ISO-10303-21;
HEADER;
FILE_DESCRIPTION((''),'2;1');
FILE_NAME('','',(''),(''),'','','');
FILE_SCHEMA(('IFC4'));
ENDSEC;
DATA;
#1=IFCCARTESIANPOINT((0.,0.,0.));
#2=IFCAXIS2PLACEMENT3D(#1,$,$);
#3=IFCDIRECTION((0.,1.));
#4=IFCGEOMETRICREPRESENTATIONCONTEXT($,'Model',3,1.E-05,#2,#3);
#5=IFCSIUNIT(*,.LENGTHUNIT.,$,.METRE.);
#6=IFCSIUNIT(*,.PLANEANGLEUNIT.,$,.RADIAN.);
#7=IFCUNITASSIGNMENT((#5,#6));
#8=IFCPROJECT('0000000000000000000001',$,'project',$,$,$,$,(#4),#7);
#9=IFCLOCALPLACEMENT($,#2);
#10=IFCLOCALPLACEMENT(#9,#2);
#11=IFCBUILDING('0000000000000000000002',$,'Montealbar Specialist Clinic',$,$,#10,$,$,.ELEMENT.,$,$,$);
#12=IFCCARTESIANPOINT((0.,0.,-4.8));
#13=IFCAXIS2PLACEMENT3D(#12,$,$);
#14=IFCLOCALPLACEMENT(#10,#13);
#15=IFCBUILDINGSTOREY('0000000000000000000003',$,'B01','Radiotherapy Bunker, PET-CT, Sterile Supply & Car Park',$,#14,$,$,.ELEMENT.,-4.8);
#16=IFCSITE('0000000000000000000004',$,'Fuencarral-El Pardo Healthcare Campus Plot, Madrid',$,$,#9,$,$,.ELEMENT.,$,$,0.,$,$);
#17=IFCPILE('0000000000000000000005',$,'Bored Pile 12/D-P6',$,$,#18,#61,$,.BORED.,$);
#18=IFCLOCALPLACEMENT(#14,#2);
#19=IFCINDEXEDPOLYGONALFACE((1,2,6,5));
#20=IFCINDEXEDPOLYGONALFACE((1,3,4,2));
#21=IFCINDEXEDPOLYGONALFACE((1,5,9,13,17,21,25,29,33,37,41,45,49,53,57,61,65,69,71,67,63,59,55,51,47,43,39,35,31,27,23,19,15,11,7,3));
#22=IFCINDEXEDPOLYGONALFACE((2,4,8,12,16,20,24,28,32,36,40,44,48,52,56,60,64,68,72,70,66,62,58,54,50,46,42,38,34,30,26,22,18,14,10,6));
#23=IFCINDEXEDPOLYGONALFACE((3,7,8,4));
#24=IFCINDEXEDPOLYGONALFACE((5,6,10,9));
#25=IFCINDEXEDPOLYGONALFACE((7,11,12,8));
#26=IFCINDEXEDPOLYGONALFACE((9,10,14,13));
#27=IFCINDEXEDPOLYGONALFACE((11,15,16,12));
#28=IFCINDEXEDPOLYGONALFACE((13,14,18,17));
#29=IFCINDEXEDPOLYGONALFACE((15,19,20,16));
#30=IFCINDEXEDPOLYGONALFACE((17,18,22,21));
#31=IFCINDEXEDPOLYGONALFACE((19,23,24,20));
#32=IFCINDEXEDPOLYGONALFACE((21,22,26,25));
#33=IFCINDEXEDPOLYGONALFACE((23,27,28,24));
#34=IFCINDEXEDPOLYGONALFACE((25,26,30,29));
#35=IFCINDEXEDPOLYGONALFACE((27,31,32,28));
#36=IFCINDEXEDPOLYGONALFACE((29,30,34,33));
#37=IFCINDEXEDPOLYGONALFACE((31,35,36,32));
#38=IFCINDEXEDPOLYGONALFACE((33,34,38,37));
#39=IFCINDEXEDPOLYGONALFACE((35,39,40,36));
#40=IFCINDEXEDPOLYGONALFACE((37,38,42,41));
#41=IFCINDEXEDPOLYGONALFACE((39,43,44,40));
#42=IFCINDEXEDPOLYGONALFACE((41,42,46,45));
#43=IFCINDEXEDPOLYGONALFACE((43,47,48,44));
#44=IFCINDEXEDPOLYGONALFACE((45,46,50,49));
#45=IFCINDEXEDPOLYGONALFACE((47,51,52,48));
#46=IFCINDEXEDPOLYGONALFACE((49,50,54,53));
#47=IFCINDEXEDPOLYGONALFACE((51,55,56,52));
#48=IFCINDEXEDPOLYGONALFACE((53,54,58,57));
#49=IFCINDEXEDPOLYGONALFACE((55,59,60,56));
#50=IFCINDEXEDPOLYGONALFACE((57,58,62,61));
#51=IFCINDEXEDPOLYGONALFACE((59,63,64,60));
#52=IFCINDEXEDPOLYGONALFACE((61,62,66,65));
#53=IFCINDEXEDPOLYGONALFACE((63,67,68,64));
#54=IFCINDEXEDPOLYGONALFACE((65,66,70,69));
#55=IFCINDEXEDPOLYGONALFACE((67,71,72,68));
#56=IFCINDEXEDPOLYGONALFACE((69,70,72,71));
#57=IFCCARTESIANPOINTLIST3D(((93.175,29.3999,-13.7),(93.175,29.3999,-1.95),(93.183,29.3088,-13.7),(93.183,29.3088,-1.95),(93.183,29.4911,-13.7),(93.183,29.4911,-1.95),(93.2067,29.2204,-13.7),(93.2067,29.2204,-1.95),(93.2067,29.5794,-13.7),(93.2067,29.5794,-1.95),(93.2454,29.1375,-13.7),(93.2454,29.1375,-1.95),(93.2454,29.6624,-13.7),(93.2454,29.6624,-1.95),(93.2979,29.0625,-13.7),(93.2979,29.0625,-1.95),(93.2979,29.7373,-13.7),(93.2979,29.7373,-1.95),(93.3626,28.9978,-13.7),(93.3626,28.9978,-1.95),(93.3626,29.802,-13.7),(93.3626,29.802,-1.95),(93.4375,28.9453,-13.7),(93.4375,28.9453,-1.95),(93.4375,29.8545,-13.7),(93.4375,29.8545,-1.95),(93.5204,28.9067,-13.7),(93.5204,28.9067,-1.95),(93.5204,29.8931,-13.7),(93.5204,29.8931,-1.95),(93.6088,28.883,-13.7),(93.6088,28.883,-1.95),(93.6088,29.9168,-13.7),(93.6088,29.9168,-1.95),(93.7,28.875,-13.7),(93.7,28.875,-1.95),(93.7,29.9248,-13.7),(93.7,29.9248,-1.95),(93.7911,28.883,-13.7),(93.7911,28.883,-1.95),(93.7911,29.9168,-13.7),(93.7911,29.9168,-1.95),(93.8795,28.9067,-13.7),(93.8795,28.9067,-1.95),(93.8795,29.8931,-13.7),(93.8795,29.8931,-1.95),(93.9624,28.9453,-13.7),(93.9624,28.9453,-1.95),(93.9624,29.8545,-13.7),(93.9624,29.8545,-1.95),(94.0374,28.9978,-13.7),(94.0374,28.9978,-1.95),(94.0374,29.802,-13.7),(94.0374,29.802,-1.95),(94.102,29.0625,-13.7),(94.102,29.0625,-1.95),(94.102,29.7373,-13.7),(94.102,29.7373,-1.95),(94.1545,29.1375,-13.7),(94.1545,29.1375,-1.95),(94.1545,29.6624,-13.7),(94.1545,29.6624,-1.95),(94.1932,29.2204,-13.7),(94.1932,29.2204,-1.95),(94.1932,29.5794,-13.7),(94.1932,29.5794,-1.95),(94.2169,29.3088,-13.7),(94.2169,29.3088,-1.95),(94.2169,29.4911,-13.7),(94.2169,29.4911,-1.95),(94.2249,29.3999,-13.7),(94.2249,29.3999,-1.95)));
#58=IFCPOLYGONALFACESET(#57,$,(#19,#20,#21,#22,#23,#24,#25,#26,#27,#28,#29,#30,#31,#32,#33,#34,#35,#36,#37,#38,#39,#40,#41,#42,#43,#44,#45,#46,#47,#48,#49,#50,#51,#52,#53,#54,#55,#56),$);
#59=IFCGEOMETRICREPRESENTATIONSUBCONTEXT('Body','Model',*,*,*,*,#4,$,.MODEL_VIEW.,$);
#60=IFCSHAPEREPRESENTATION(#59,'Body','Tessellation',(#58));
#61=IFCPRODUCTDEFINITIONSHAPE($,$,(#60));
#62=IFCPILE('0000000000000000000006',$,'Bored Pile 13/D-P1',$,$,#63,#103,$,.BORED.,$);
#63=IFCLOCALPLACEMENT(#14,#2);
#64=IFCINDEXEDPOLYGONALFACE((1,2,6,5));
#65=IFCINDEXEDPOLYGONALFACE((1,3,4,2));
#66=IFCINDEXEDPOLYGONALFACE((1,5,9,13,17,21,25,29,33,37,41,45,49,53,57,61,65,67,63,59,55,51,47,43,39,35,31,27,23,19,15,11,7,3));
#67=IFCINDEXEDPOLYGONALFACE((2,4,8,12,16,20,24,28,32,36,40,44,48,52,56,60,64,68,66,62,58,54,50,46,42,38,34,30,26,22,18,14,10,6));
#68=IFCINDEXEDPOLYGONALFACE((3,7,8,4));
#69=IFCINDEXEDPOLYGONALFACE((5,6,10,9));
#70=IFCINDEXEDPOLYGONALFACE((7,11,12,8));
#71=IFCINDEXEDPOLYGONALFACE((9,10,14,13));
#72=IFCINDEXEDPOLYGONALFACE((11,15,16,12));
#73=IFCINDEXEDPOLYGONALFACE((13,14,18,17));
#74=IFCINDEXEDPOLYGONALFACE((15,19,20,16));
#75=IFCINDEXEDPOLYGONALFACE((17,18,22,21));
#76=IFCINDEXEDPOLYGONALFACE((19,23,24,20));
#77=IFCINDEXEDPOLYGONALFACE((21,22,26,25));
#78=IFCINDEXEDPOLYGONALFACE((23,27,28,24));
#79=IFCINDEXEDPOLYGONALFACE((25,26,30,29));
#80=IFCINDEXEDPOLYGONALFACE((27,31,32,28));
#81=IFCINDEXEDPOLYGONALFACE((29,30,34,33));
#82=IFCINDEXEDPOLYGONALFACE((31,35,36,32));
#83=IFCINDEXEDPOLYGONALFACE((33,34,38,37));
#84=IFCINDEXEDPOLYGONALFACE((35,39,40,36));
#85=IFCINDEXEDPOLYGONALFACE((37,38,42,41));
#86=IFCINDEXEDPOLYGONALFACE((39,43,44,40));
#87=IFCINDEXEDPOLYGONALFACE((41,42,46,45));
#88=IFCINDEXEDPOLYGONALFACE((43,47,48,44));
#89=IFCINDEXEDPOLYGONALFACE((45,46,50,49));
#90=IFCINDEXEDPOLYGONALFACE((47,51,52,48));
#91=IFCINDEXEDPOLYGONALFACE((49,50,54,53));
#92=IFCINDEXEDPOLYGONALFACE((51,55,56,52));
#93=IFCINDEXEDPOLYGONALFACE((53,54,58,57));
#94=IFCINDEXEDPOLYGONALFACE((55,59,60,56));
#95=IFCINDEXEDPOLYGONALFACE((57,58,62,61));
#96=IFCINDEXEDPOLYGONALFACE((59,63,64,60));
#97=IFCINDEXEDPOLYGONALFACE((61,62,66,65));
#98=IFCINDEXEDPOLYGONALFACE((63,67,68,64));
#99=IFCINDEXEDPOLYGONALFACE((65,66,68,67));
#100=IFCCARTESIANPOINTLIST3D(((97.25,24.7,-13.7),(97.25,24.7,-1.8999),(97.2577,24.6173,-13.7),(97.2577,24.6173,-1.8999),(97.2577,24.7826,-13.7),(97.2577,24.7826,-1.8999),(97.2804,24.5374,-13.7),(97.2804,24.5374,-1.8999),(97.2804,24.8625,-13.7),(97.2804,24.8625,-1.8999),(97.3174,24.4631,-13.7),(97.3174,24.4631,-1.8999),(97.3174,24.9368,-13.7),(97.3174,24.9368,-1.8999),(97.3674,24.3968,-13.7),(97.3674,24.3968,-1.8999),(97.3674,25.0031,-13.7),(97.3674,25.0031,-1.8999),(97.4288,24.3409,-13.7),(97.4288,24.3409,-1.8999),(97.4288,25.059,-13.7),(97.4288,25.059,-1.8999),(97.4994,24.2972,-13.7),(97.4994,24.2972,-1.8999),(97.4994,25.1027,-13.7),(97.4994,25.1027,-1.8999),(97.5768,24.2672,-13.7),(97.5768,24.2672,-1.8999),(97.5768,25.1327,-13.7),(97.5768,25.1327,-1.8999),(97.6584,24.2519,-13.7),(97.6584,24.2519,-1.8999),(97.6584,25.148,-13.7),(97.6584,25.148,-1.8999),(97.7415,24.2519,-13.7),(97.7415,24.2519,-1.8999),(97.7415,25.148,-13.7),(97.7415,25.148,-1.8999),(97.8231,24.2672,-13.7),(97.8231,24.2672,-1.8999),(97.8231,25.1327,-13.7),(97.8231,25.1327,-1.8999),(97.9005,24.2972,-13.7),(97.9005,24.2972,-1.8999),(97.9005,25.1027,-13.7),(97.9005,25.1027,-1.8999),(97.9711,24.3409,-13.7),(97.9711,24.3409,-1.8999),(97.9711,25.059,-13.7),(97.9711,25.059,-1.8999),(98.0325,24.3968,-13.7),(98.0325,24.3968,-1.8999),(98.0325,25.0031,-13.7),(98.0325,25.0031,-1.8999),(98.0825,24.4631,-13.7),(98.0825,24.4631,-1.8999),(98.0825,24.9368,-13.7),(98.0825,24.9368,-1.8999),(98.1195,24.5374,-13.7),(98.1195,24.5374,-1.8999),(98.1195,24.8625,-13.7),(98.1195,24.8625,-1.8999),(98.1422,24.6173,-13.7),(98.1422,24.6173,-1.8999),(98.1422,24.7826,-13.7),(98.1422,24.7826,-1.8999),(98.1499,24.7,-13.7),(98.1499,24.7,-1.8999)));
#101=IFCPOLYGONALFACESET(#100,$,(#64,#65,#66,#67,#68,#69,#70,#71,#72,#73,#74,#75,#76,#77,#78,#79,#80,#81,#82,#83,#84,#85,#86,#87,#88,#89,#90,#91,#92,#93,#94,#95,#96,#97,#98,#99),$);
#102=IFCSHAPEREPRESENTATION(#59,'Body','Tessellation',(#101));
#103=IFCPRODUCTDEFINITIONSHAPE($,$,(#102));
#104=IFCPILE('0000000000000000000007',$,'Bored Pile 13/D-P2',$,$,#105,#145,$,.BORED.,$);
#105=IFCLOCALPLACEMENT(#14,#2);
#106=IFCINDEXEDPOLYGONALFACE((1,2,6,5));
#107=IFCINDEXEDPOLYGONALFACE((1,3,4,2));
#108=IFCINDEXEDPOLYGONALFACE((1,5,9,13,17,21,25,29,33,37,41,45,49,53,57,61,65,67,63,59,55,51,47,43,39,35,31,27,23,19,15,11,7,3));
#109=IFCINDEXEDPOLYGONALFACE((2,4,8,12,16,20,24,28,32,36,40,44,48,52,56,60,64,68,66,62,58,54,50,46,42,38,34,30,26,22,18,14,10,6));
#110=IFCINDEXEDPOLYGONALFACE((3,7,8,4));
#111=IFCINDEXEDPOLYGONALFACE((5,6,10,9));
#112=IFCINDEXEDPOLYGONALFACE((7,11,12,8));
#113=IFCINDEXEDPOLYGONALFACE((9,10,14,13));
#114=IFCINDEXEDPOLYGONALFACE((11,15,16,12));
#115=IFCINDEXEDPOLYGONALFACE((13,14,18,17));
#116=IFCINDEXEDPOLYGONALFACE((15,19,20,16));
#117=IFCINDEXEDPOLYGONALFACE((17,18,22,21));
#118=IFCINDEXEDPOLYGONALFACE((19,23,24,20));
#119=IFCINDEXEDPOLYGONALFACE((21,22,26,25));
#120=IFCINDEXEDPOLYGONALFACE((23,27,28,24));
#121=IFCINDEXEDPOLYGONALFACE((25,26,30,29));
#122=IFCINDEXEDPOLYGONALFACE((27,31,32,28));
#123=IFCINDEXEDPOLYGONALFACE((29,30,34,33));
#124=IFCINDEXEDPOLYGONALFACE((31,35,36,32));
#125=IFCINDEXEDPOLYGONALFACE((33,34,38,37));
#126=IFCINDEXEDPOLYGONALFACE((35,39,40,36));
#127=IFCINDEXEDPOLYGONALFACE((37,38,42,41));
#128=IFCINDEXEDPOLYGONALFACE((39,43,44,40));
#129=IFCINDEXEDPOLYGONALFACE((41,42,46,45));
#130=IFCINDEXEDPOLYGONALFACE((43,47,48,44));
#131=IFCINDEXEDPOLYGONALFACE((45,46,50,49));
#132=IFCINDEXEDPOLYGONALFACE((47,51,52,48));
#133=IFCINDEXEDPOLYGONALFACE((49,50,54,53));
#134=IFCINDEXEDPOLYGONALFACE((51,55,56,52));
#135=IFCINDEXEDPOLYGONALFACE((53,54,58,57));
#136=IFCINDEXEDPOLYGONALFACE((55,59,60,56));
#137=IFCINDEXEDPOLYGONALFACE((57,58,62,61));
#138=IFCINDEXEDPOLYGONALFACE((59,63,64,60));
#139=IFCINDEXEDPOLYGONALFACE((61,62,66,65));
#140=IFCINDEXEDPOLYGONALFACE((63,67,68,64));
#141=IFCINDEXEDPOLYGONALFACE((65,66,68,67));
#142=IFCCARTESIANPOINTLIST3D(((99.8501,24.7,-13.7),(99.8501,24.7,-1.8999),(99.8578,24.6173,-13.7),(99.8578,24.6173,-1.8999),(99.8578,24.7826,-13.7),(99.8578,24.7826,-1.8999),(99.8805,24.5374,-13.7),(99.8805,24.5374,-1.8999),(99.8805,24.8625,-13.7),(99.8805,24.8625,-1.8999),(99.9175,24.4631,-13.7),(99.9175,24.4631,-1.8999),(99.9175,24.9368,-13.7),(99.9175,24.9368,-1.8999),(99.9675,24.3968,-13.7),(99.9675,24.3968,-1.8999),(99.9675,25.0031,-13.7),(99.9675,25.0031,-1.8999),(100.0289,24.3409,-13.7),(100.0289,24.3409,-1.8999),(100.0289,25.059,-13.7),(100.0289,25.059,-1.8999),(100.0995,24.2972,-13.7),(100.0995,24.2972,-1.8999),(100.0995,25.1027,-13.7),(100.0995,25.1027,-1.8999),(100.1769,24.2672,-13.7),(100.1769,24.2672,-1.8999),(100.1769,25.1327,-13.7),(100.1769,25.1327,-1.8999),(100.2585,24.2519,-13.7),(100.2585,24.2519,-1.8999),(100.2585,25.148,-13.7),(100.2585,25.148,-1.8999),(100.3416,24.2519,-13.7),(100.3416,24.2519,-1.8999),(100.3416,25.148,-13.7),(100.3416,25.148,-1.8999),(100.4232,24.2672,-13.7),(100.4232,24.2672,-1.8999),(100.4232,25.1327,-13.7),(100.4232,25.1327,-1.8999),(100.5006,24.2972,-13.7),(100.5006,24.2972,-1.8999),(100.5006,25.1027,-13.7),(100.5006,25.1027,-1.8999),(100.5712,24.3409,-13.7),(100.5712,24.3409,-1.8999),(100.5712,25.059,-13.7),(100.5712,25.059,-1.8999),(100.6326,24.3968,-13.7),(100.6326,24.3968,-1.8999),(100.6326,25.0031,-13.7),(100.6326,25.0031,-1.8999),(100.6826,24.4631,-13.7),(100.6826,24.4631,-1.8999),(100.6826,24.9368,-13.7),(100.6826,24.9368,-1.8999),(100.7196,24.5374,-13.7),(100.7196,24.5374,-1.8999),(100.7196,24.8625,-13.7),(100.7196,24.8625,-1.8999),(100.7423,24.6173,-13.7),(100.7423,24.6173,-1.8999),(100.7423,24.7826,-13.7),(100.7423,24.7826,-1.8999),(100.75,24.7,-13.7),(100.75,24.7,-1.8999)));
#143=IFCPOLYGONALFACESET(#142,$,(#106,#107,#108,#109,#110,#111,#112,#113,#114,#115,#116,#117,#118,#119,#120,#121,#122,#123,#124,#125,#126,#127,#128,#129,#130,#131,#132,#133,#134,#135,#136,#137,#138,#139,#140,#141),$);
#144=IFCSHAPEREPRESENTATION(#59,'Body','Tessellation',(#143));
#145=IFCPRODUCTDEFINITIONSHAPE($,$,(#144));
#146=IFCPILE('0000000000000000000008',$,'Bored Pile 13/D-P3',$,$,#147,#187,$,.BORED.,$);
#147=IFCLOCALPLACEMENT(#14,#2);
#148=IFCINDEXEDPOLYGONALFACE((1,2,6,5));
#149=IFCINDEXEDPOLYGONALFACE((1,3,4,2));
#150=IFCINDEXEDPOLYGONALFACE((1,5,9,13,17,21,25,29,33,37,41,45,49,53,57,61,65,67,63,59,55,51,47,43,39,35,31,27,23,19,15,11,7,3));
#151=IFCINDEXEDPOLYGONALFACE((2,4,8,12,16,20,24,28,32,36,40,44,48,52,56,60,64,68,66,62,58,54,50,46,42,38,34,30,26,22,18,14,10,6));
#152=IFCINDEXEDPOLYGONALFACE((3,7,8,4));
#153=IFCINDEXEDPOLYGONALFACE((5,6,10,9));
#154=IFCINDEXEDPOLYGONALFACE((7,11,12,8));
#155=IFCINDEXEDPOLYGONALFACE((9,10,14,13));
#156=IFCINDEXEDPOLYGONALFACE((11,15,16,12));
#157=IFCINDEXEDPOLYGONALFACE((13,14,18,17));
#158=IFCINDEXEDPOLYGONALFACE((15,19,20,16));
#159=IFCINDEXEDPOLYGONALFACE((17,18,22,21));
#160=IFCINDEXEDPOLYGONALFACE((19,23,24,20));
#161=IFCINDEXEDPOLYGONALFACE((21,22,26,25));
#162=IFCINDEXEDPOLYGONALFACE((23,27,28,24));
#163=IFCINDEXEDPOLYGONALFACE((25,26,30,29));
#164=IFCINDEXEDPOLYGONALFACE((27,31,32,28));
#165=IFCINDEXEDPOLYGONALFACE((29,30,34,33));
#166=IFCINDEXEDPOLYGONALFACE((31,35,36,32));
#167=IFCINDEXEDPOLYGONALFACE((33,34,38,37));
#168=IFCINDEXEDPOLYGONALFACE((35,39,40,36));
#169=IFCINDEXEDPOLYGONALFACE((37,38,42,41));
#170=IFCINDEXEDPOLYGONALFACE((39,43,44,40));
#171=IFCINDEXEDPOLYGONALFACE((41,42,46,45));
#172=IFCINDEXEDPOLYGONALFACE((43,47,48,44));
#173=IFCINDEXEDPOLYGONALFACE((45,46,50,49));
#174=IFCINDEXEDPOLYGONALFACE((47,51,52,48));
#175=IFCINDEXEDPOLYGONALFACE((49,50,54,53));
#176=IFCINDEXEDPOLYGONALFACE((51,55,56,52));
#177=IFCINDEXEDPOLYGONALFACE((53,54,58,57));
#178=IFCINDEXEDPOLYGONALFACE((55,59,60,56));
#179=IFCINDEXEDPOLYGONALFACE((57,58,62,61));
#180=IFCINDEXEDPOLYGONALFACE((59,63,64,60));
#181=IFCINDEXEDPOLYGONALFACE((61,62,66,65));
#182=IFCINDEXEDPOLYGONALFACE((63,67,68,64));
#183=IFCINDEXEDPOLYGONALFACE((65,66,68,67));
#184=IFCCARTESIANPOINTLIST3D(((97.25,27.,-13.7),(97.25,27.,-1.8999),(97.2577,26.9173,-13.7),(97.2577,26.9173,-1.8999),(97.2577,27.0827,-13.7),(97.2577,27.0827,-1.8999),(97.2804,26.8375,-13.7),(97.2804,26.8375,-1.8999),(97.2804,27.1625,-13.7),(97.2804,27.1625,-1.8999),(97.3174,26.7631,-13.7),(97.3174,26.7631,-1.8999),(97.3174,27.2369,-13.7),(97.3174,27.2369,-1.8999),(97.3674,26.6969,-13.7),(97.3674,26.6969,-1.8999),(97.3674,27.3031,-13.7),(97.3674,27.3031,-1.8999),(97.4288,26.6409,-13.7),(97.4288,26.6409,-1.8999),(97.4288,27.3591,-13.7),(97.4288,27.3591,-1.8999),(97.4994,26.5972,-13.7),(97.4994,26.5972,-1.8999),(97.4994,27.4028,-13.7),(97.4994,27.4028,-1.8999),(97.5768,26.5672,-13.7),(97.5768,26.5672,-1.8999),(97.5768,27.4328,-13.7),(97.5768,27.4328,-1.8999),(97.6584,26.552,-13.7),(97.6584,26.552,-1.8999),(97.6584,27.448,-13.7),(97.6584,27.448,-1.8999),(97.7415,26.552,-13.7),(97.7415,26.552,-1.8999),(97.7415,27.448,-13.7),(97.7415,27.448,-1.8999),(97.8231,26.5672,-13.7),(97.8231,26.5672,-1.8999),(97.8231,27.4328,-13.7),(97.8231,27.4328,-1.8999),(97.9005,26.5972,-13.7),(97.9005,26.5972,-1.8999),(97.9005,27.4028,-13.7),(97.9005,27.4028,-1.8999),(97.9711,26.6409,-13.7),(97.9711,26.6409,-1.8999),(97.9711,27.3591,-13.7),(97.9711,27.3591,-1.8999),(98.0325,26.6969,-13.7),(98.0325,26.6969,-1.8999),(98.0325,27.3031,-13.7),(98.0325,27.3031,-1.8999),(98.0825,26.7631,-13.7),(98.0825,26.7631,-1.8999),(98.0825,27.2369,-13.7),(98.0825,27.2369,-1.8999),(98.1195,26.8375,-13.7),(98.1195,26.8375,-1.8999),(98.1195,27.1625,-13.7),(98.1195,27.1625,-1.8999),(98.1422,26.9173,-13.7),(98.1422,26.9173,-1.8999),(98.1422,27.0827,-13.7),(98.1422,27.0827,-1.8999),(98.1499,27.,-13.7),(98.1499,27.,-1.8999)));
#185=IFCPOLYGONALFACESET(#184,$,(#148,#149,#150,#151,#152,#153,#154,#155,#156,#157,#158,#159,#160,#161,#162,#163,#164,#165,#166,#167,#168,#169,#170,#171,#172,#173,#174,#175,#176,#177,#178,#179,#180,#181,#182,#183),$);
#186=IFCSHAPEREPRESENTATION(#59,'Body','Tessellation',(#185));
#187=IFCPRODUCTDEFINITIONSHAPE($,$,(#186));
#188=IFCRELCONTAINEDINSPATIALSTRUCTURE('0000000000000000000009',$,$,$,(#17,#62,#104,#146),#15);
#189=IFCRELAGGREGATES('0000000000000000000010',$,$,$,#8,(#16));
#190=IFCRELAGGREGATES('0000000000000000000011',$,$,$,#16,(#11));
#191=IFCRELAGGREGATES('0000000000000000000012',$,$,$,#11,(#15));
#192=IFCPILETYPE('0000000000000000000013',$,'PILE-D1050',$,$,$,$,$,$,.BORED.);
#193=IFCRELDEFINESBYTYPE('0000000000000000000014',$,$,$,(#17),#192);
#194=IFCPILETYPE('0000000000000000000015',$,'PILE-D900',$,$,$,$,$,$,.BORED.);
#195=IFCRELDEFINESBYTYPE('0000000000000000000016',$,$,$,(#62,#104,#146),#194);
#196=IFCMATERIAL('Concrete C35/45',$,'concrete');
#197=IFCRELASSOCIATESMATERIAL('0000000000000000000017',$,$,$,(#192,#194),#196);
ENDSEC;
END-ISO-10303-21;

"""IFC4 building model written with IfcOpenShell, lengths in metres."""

from ifc_helpers import new_model, si_unit, direction, frame, origin, origin_2d, place, context, subcontext, project, spatial, circle, extrude, material, material_profile, profile_set, type_object, element, save


model = new_model("IFC4")

# Units and contexts
model_context = context("Model", 3, precision=1e-05, world=origin(), true_north=direction((0.0, 1.0)))
body_context = subcontext(model_context, "Body", "Model", "MODEL_VIEW")
ifc_project = project(units=[si_unit("LENGTHUNIT", "METRE"), si_unit("PLANEANGLEUNIT", "RADIAN")], contexts=[model_context])

# Site, building, storey
site_placement = place(None, origin())
site = spatial("IfcSite", under=ifc_project, at=site_placement, Name="Fuencarral-El Pardo Healthcare Campus Plot, Madrid", CompositionType="ELEMENT", RefElevation=0.0)
building_placement = place(site_placement, origin())
building = spatial("IfcBuilding", under=site, at=building_placement, Name="Montealbar Specialist Clinic", CompositionType="ELEMENT")
storey_placement = place(building_placement, frame((0.0, 0.0, -4.8)))
storey = spatial("IfcBuildingStorey", under=building, at=storey_placement, Name="B01", Description="Radiotherapy Bunker, PET-CT, Sterile Supply & Car Park", CompositionType="ELEMENT", Elevation=-4.8)

# Shared definitions
ifc_material_1 = material(Name="Concrete C35/45", Category="concrete")

# Piles
ifc_material_profile_1 = material_profile(ifc_material_1, circle(Radius=0.5249, at=origin_2d()), Name="PILE D1050", Category="concrete")
ifc_profile_set_1 = profile_set([ifc_material_profile_1], Name="Concrete C35/45")
pile_type_1 = type_object("IfcPileType", Name="PILE-D1050", PredefinedType="BORED", material=ifc_profile_set_1)
for number, where, z_axis, x_axis, name in (
    (1, (93.7, 29.3999, -1.95), (0.0, 0.0, -1.0), (1.0, 0.0, 0.0), "Bored Pile 12/D-P6"),
):
    element("IfcPile", number, at=place(storey_placement, frame(where, z_axis=z_axis, x_axis=x_axis)), inside=storey, type_object=pile_type_1, Name=name, PredefinedType="BORED", context=body_context, shape_type="SweptSolid", body=[
        extrude(circle(Radius=0.5249, at=origin_2d()), origin(), (0.0, 0.0, 1.0), 11.75),
    ])
ifc_material_profile_2 = material_profile(ifc_material_1, circle(Radius=0.45, at=origin_2d()), Name="PILE D900", Category="concrete")
ifc_profile_set_2 = profile_set([ifc_material_profile_2], Name="Concrete C35/45")
pile_type_2 = type_object("IfcPileType", Name="PILE-D900", PredefinedType="BORED", material=ifc_profile_set_2)
for number, where, z_axis, x_axis, name in (
    (2, (97.7, 24.7, -1.8999), (0.0, 0.0, -1.0), (1.0, 0.0, 0.0), "Bored Pile 13/D-P1"),
    (3, (100.3, 24.7, -1.8999), (0.0, 0.0, -1.0), (1.0, 0.0, 0.0), "Bored Pile 13/D-P2"),
    (4, (97.7, 27.0, -1.8999), (0.0, 0.0, -1.0), (1.0, 0.0, 0.0), "Bored Pile 13/D-P3"),
):
    element("IfcPile", number, at=place(storey_placement, frame(where, z_axis=z_axis, x_axis=x_axis)), inside=storey, type_object=pile_type_2, Name=name, PredefinedType="BORED", context=body_context, shape_type="SweptSolid", body=[
        extrude(circle(Radius=0.45, at=origin_2d()), origin(), (0.0, 0.0, 1.0), 11.8),
    ])

save(model, "model.ifc")
